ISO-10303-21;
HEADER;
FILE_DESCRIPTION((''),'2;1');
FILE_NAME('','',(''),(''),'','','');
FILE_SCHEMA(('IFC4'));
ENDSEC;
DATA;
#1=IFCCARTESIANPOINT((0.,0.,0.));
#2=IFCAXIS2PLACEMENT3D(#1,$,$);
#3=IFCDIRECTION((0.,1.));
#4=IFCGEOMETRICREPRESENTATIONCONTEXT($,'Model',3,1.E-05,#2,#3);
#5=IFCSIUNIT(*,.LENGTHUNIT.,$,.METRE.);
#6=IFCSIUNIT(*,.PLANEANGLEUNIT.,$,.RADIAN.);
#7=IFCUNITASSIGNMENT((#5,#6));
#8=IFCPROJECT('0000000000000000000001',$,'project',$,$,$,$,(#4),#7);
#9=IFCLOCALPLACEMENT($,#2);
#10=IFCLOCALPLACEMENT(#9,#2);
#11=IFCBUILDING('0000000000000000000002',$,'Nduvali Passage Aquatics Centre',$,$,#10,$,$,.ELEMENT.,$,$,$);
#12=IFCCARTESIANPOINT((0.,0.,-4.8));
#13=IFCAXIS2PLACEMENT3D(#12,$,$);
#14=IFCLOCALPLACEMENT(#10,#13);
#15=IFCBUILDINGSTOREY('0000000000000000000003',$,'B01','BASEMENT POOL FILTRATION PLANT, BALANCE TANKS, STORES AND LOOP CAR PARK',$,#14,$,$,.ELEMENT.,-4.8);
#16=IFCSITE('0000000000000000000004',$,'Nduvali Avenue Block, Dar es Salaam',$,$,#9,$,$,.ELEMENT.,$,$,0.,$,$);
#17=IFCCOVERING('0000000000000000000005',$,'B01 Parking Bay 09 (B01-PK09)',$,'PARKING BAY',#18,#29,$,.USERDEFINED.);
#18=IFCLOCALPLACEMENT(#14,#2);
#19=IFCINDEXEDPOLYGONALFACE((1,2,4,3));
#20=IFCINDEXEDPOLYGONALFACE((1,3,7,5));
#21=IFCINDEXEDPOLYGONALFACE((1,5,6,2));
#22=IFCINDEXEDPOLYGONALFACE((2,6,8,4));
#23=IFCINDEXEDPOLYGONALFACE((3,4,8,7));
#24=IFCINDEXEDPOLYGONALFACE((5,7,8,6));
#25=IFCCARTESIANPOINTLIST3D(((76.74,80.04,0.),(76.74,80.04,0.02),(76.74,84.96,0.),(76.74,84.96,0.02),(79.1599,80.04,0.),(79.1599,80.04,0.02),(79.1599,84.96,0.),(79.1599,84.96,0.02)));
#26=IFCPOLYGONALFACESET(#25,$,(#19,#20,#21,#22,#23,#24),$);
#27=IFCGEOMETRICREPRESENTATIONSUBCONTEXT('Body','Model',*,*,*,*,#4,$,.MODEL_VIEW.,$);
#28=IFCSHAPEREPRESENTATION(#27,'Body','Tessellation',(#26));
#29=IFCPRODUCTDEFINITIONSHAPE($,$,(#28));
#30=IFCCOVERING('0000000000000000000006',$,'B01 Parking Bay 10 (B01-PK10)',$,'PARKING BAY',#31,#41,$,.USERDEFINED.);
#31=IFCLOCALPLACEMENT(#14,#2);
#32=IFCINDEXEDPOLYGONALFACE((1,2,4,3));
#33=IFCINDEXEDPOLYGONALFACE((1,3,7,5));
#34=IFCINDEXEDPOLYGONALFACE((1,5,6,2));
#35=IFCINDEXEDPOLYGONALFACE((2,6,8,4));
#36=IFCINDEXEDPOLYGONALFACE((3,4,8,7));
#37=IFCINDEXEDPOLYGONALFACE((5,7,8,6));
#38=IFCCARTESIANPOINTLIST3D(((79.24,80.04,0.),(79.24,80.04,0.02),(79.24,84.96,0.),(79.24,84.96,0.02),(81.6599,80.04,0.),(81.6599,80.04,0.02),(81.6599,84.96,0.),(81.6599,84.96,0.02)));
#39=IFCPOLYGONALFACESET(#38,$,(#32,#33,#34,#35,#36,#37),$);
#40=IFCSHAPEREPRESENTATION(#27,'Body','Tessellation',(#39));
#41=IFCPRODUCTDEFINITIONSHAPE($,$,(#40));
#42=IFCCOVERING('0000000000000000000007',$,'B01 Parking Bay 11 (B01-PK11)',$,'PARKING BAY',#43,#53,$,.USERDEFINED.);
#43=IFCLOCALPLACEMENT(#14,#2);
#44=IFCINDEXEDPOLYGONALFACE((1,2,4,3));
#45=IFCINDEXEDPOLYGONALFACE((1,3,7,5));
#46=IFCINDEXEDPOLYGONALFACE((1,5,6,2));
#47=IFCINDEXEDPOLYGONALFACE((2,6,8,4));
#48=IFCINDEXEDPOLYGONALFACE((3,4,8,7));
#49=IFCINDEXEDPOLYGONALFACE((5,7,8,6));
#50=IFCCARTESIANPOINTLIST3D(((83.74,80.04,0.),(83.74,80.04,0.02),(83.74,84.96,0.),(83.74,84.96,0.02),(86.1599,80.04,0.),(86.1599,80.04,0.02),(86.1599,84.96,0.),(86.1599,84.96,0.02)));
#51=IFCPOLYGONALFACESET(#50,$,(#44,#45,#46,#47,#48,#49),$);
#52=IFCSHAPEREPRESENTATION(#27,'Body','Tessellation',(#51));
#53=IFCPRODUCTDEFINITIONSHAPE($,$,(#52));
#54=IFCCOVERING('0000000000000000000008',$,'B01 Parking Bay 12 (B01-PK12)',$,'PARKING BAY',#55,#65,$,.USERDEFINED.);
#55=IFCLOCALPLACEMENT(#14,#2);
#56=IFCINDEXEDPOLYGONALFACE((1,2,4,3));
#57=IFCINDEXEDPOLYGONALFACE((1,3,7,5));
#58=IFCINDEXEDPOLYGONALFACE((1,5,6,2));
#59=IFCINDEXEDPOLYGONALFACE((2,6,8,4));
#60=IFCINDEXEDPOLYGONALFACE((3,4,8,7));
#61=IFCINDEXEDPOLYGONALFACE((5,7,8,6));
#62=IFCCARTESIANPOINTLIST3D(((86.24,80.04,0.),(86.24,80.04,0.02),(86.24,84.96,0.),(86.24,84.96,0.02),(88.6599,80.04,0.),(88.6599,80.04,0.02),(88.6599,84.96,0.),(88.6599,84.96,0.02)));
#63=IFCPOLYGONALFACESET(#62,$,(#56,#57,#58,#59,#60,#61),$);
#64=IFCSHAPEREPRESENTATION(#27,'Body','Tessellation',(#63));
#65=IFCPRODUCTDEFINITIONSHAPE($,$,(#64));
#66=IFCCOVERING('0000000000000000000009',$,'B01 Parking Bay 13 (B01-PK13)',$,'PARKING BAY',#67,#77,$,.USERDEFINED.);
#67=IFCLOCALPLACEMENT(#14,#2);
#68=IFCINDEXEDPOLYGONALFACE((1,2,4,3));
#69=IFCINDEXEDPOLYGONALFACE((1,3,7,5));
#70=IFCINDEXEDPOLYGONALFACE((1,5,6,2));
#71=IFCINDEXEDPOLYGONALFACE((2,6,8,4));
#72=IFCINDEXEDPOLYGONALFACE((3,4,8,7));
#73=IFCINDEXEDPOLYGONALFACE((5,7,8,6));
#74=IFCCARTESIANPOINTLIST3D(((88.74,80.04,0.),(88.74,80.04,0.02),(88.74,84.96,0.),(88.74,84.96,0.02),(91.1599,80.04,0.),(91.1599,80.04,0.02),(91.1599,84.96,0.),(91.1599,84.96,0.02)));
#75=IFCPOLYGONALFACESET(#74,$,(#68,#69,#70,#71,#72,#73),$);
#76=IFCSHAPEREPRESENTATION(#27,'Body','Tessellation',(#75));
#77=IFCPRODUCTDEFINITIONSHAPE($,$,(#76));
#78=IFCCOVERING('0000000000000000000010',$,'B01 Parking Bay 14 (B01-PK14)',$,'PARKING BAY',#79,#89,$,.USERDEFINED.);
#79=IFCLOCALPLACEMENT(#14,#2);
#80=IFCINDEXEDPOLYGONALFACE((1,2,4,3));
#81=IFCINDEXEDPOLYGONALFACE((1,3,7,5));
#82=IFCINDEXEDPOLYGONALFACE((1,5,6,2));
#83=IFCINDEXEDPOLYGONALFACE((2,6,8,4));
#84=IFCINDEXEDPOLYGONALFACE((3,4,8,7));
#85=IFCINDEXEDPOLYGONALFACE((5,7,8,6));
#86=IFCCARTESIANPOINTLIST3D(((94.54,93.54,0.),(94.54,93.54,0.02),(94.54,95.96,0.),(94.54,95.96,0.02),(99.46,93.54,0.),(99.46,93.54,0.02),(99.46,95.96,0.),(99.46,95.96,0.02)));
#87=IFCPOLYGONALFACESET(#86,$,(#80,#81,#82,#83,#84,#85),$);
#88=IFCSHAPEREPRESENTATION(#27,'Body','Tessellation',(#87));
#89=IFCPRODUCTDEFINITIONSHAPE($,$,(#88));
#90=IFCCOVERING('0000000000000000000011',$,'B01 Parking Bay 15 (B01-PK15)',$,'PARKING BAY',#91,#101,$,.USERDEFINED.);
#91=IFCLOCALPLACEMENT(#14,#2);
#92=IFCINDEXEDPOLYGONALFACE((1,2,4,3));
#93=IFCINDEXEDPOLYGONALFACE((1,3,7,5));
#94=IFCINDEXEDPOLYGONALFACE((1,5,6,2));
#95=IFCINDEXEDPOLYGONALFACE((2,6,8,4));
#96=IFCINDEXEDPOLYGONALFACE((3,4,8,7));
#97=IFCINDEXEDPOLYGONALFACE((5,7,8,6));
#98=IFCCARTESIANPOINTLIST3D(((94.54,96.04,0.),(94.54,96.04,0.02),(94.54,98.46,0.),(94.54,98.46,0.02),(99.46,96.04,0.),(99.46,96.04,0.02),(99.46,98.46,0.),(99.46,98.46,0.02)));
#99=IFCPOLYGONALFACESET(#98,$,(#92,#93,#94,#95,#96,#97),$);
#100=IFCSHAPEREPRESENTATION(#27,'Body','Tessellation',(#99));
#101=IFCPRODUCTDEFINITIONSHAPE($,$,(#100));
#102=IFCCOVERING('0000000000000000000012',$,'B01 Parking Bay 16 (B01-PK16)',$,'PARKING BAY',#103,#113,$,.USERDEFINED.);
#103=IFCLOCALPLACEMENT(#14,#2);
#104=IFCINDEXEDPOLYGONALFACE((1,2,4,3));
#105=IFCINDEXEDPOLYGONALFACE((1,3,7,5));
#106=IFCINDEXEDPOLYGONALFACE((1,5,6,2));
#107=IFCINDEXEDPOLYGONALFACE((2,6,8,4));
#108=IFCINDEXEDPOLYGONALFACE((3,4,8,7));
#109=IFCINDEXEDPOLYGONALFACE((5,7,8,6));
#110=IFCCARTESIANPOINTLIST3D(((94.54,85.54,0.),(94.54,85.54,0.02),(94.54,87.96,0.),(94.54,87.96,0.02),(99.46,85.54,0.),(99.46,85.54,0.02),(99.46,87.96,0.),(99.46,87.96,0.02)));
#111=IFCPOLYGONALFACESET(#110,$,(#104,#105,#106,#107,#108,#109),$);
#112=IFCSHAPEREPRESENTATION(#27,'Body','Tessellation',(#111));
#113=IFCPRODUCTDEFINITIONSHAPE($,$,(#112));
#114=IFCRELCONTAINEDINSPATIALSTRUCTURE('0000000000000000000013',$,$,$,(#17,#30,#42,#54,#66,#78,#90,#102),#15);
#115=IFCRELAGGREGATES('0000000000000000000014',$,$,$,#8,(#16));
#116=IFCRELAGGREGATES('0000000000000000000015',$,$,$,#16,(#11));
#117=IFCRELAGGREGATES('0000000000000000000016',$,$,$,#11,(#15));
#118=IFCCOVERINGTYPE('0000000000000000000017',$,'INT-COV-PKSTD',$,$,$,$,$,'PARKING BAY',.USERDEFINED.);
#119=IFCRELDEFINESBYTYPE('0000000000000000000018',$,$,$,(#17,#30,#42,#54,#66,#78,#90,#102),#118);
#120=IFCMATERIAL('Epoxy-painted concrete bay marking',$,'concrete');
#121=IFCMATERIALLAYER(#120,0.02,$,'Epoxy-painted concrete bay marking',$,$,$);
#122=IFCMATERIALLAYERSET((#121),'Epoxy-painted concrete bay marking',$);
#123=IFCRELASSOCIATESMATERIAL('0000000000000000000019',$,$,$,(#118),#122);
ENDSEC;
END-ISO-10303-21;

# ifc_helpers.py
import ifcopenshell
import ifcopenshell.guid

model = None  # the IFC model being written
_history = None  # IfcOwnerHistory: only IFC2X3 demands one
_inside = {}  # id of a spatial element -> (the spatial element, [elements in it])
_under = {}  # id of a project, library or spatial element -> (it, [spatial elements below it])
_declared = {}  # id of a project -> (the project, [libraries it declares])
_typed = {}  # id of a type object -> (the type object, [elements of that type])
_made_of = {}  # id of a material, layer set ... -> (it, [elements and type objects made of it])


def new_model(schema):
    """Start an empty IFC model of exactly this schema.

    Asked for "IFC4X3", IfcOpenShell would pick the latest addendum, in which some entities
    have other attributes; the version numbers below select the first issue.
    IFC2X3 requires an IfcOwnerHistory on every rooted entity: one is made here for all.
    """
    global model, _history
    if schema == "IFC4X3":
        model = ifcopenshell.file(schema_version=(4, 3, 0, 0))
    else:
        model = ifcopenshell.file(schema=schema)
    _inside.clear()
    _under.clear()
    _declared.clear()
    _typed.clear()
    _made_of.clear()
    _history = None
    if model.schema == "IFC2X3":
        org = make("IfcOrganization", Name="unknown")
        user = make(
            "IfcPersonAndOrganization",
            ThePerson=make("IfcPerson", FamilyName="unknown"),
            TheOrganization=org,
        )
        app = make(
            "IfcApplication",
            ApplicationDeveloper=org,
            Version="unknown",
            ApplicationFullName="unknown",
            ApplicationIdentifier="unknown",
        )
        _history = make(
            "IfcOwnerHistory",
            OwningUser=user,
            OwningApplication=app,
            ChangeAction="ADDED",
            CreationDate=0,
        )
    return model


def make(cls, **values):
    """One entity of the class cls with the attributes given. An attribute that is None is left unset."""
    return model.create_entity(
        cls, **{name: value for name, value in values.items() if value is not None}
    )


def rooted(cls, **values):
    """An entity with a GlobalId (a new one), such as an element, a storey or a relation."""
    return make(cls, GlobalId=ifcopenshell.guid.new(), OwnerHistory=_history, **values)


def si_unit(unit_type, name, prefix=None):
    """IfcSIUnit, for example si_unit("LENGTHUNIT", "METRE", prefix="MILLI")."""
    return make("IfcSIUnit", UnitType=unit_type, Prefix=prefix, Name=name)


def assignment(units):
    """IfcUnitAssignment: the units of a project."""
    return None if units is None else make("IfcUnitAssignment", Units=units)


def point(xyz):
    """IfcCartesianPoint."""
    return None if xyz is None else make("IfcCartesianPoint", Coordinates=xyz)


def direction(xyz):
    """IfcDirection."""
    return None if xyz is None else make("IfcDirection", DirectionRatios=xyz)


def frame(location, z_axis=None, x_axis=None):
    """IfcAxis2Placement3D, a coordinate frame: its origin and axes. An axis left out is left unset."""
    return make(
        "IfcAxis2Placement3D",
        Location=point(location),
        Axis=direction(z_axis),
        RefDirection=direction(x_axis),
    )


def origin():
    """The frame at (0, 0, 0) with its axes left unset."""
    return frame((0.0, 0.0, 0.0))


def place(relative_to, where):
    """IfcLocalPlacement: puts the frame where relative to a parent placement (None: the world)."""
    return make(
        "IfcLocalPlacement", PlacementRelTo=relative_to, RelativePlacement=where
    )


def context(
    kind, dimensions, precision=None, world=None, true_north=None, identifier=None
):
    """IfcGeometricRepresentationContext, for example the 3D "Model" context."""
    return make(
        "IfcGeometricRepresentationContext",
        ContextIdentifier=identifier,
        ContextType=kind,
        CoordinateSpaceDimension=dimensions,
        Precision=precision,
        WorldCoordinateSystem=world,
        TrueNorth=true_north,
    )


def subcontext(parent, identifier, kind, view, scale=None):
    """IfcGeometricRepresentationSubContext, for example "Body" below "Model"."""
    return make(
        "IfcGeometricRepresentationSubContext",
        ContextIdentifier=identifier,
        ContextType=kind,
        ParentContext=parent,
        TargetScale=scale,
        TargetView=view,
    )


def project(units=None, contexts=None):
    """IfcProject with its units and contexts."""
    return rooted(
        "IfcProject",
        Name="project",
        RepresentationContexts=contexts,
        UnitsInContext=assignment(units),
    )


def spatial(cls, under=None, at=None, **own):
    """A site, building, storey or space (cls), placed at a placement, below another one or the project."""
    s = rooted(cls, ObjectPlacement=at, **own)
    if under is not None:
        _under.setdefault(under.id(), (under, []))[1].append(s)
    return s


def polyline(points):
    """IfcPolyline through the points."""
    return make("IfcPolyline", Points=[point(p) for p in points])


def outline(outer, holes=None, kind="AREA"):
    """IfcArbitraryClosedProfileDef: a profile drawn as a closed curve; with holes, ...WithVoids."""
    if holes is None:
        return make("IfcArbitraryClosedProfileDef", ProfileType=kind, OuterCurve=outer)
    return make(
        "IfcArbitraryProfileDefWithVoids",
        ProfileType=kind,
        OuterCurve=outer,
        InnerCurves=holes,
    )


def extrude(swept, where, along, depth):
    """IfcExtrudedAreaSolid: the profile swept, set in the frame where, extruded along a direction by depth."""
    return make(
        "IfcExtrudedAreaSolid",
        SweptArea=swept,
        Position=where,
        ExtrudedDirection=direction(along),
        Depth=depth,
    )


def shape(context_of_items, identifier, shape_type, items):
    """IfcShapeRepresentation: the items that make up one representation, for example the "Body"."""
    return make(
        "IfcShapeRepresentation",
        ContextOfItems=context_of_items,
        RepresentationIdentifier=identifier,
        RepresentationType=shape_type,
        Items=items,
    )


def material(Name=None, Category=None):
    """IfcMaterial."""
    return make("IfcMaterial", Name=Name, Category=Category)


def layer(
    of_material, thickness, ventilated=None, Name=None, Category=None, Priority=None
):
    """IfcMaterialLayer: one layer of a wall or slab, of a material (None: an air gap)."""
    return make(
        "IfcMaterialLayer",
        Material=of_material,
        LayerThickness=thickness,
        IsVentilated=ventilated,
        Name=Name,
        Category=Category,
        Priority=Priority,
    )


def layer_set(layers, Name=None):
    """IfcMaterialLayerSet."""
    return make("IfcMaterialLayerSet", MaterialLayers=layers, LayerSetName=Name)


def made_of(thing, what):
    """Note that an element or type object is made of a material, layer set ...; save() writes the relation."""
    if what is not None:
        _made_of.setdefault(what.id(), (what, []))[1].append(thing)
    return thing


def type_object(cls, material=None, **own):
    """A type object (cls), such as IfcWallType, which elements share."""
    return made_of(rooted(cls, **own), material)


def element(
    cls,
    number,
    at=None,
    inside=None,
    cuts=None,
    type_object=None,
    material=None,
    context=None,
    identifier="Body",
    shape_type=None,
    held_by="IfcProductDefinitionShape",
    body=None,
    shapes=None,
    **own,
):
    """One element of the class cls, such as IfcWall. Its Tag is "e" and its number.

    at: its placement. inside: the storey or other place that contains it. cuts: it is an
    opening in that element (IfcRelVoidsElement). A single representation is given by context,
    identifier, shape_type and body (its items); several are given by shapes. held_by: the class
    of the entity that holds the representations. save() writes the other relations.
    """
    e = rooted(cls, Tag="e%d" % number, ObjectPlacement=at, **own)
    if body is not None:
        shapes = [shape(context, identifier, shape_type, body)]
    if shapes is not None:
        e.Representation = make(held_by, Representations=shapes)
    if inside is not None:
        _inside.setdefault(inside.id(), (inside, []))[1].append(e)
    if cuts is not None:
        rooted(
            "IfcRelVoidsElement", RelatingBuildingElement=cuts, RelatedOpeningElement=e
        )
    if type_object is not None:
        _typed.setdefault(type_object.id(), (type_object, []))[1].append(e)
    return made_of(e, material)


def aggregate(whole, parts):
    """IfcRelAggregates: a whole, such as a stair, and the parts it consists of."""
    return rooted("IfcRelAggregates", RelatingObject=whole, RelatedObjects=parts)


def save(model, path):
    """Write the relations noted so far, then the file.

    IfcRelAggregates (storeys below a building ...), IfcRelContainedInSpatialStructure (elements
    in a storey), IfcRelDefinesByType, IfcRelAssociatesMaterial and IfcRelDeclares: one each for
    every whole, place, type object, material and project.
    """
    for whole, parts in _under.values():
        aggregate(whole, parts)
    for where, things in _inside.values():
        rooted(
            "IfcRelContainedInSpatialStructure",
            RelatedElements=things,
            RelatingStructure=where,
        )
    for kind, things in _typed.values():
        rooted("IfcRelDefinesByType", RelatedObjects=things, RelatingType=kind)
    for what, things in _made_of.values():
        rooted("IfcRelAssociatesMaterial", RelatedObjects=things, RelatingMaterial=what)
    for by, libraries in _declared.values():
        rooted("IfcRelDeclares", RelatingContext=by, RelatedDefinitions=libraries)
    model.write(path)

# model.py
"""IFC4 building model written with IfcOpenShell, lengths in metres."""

from ifc_helpers import new_model, si_unit, direction, frame, origin, place, context, subcontext, project, spatial, polyline, outline, extrude, material, layer, layer_set, type_object, element, save


model = new_model("IFC4")

# Units and contexts
model_context = context("Model", 3, precision=1e-05, world=origin(), true_north=direction((0.0, 1.0)))
body_context = subcontext(model_context, "Body", "Model", "MODEL_VIEW")
ifc_project = project(units=[si_unit("LENGTHUNIT", "METRE"), si_unit("PLANEANGLEUNIT", "RADIAN")], contexts=[model_context])

# Site, building, storey
site_placement = place(None, origin())
site = spatial("IfcSite", under=ifc_project, at=site_placement, Name="Nduvali Avenue Block, Dar es Salaam", CompositionType="ELEMENT", RefElevation=0.0)
building_placement = place(site_placement, origin())
building = spatial("IfcBuilding", under=site, at=building_placement, Name="Nduvali Passage Aquatics Centre", CompositionType="ELEMENT")
storey_placement = place(building_placement, frame((0.0, 0.0, -4.8)))
storey = spatial("IfcBuildingStorey", under=building, at=storey_placement, Name="B01", Description="BASEMENT POOL FILTRATION PLANT, BALANCE TANKS, STORES AND LOOP CAR PARK", CompositionType="ELEMENT", Elevation=-4.8)

# Coverings
ifc_material_1 = material(Name="Epoxy-painted concrete bay marking", Category="concrete")
ifc_layer_1 = layer(ifc_material_1, 0.02, Name="Epoxy-painted concrete bay marking")
ifc_layer_set_1 = layer_set([ifc_layer_1], Name="Epoxy-painted concrete bay marking")
covering_type = type_object("IfcCoveringType", Name="INT-COV-PKSTD", ElementType="PARKING BAY", PredefinedType="USERDEFINED", material=ifc_layer_set_1)
covering_1_placement = place(storey_placement, origin())
element("IfcCovering", 1, at=covering_1_placement, inside=storey, type_object=covering_type, Name="B01 Parking Bay 09 (B01-PK09)", ObjectType="PARKING BAY", PredefinedType="USERDEFINED", context=body_context, shape_type="SweptSolid", body=[
    extrude(outline(polyline([(76.74, 80.04), (79.1599, 80.04), (79.1599, 84.96), (76.74, 84.96), (76.74, 80.04)])), origin(), (0.0, 0.0, 1.0), 0.02),
])
covering_2_placement = place(storey_placement, origin())
element("IfcCovering", 2, at=covering_2_placement, inside=storey, type_object=covering_type, Name="B01 Parking Bay 10 (B01-PK10)", ObjectType="PARKING BAY", PredefinedType="USERDEFINED", context=body_context, shape_type="SweptSolid", body=[
    extrude(outline(polyline([(79.24, 80.04), (81.6599, 80.04), (81.6599, 84.96), (79.24, 84.96), (79.24, 80.04)])), origin(), (0.0, 0.0, 1.0), 0.02),
])
covering_3_placement = place(storey_placement, origin())
element("IfcCovering", 3, at=covering_3_placement, inside=storey, type_object=covering_type, Name="B01 Parking Bay 11 (B01-PK11)", ObjectType="PARKING BAY", PredefinedType="USERDEFINED", context=body_context, shape_type="SweptSolid", body=[
    extrude(outline(polyline([(83.74, 80.04), (86.1599, 80.04), (86.1599, 84.96), (83.74, 84.96), (83.74, 80.04)])), origin(), (0.0, 0.0, 1.0), 0.02),
])
covering_4_placement = place(storey_placement, origin())
element("IfcCovering", 4, at=covering_4_placement, inside=storey, type_object=covering_type, Name="B01 Parking Bay 12 (B01-PK12)", ObjectType="PARKING BAY", PredefinedType="USERDEFINED", context=body_context, shape_type="SweptSolid", body=[
    extrude(outline(polyline([(86.24, 80.04), (88.6599, 80.04), (88.6599, 84.96), (86.24, 84.96), (86.24, 80.04)])), origin(), (0.0, 0.0, 1.0), 0.02),
])
covering_5_placement = place(storey_placement, origin())
element("IfcCovering", 5, at=covering_5_placement, inside=storey, type_object=covering_type, Name="B01 Parking Bay 13 (B01-PK13)", ObjectType="PARKING BAY", PredefinedType="USERDEFINED", context=body_context, shape_type="SweptSolid", body=[
    extrude(outline(polyline([(88.74, 80.04), (91.1599, 80.04), (91.1599, 84.96), (88.74, 84.96), (88.74, 80.04)])), origin(), (0.0, 0.0, 1.0), 0.02),
])
covering_6_placement = place(storey_placement, origin())
element("IfcCovering", 6, at=covering_6_placement, inside=storey, type_object=covering_type, Name="B01 Parking Bay 14 (B01-PK14)", ObjectType="PARKING BAY", PredefinedType="USERDEFINED", context=body_context, shape_type="SweptSolid", body=[
    extrude(outline(polyline([(94.54, 93.54), (99.46, 93.54), (99.46, 95.96), (94.54, 95.96), (94.54, 93.54)])), origin(), (0.0, 0.0, 1.0), 0.02),
])
covering_7_placement = place(storey_placement, origin())
element("IfcCovering", 7, at=covering_7_placement, inside=storey, type_object=covering_type, Name="B01 Parking Bay 15 (B01-PK15)", ObjectType="PARKING BAY", PredefinedType="USERDEFINED", context=body_context, shape_type="SweptSolid", body=[
    extrude(outline(polyline([(94.54, 96.04), (99.46, 96.04), (99.46, 98.46), (94.54, 98.46), (94.54, 96.04)])), origin(), (0.0, 0.0, 1.0), 0.02),
])
covering_8_placement = place(storey_placement, origin())
element("IfcCovering", 8, at=covering_8_placement, inside=storey, type_object=covering_type, Name="B01 Parking Bay 16 (B01-PK16)", ObjectType="PARKING BAY", PredefinedType="USERDEFINED", context=body_context, shape_type="SweptSolid", body=[
    extrude(outline(polyline([(94.54, 85.54), (99.46, 85.54), (99.46, 87.96), (94.54, 87.96), (94.54, 85.54)])), origin(), (0.0, 0.0, 1.0), 0.02),
])

save(model, "model.ifc")
